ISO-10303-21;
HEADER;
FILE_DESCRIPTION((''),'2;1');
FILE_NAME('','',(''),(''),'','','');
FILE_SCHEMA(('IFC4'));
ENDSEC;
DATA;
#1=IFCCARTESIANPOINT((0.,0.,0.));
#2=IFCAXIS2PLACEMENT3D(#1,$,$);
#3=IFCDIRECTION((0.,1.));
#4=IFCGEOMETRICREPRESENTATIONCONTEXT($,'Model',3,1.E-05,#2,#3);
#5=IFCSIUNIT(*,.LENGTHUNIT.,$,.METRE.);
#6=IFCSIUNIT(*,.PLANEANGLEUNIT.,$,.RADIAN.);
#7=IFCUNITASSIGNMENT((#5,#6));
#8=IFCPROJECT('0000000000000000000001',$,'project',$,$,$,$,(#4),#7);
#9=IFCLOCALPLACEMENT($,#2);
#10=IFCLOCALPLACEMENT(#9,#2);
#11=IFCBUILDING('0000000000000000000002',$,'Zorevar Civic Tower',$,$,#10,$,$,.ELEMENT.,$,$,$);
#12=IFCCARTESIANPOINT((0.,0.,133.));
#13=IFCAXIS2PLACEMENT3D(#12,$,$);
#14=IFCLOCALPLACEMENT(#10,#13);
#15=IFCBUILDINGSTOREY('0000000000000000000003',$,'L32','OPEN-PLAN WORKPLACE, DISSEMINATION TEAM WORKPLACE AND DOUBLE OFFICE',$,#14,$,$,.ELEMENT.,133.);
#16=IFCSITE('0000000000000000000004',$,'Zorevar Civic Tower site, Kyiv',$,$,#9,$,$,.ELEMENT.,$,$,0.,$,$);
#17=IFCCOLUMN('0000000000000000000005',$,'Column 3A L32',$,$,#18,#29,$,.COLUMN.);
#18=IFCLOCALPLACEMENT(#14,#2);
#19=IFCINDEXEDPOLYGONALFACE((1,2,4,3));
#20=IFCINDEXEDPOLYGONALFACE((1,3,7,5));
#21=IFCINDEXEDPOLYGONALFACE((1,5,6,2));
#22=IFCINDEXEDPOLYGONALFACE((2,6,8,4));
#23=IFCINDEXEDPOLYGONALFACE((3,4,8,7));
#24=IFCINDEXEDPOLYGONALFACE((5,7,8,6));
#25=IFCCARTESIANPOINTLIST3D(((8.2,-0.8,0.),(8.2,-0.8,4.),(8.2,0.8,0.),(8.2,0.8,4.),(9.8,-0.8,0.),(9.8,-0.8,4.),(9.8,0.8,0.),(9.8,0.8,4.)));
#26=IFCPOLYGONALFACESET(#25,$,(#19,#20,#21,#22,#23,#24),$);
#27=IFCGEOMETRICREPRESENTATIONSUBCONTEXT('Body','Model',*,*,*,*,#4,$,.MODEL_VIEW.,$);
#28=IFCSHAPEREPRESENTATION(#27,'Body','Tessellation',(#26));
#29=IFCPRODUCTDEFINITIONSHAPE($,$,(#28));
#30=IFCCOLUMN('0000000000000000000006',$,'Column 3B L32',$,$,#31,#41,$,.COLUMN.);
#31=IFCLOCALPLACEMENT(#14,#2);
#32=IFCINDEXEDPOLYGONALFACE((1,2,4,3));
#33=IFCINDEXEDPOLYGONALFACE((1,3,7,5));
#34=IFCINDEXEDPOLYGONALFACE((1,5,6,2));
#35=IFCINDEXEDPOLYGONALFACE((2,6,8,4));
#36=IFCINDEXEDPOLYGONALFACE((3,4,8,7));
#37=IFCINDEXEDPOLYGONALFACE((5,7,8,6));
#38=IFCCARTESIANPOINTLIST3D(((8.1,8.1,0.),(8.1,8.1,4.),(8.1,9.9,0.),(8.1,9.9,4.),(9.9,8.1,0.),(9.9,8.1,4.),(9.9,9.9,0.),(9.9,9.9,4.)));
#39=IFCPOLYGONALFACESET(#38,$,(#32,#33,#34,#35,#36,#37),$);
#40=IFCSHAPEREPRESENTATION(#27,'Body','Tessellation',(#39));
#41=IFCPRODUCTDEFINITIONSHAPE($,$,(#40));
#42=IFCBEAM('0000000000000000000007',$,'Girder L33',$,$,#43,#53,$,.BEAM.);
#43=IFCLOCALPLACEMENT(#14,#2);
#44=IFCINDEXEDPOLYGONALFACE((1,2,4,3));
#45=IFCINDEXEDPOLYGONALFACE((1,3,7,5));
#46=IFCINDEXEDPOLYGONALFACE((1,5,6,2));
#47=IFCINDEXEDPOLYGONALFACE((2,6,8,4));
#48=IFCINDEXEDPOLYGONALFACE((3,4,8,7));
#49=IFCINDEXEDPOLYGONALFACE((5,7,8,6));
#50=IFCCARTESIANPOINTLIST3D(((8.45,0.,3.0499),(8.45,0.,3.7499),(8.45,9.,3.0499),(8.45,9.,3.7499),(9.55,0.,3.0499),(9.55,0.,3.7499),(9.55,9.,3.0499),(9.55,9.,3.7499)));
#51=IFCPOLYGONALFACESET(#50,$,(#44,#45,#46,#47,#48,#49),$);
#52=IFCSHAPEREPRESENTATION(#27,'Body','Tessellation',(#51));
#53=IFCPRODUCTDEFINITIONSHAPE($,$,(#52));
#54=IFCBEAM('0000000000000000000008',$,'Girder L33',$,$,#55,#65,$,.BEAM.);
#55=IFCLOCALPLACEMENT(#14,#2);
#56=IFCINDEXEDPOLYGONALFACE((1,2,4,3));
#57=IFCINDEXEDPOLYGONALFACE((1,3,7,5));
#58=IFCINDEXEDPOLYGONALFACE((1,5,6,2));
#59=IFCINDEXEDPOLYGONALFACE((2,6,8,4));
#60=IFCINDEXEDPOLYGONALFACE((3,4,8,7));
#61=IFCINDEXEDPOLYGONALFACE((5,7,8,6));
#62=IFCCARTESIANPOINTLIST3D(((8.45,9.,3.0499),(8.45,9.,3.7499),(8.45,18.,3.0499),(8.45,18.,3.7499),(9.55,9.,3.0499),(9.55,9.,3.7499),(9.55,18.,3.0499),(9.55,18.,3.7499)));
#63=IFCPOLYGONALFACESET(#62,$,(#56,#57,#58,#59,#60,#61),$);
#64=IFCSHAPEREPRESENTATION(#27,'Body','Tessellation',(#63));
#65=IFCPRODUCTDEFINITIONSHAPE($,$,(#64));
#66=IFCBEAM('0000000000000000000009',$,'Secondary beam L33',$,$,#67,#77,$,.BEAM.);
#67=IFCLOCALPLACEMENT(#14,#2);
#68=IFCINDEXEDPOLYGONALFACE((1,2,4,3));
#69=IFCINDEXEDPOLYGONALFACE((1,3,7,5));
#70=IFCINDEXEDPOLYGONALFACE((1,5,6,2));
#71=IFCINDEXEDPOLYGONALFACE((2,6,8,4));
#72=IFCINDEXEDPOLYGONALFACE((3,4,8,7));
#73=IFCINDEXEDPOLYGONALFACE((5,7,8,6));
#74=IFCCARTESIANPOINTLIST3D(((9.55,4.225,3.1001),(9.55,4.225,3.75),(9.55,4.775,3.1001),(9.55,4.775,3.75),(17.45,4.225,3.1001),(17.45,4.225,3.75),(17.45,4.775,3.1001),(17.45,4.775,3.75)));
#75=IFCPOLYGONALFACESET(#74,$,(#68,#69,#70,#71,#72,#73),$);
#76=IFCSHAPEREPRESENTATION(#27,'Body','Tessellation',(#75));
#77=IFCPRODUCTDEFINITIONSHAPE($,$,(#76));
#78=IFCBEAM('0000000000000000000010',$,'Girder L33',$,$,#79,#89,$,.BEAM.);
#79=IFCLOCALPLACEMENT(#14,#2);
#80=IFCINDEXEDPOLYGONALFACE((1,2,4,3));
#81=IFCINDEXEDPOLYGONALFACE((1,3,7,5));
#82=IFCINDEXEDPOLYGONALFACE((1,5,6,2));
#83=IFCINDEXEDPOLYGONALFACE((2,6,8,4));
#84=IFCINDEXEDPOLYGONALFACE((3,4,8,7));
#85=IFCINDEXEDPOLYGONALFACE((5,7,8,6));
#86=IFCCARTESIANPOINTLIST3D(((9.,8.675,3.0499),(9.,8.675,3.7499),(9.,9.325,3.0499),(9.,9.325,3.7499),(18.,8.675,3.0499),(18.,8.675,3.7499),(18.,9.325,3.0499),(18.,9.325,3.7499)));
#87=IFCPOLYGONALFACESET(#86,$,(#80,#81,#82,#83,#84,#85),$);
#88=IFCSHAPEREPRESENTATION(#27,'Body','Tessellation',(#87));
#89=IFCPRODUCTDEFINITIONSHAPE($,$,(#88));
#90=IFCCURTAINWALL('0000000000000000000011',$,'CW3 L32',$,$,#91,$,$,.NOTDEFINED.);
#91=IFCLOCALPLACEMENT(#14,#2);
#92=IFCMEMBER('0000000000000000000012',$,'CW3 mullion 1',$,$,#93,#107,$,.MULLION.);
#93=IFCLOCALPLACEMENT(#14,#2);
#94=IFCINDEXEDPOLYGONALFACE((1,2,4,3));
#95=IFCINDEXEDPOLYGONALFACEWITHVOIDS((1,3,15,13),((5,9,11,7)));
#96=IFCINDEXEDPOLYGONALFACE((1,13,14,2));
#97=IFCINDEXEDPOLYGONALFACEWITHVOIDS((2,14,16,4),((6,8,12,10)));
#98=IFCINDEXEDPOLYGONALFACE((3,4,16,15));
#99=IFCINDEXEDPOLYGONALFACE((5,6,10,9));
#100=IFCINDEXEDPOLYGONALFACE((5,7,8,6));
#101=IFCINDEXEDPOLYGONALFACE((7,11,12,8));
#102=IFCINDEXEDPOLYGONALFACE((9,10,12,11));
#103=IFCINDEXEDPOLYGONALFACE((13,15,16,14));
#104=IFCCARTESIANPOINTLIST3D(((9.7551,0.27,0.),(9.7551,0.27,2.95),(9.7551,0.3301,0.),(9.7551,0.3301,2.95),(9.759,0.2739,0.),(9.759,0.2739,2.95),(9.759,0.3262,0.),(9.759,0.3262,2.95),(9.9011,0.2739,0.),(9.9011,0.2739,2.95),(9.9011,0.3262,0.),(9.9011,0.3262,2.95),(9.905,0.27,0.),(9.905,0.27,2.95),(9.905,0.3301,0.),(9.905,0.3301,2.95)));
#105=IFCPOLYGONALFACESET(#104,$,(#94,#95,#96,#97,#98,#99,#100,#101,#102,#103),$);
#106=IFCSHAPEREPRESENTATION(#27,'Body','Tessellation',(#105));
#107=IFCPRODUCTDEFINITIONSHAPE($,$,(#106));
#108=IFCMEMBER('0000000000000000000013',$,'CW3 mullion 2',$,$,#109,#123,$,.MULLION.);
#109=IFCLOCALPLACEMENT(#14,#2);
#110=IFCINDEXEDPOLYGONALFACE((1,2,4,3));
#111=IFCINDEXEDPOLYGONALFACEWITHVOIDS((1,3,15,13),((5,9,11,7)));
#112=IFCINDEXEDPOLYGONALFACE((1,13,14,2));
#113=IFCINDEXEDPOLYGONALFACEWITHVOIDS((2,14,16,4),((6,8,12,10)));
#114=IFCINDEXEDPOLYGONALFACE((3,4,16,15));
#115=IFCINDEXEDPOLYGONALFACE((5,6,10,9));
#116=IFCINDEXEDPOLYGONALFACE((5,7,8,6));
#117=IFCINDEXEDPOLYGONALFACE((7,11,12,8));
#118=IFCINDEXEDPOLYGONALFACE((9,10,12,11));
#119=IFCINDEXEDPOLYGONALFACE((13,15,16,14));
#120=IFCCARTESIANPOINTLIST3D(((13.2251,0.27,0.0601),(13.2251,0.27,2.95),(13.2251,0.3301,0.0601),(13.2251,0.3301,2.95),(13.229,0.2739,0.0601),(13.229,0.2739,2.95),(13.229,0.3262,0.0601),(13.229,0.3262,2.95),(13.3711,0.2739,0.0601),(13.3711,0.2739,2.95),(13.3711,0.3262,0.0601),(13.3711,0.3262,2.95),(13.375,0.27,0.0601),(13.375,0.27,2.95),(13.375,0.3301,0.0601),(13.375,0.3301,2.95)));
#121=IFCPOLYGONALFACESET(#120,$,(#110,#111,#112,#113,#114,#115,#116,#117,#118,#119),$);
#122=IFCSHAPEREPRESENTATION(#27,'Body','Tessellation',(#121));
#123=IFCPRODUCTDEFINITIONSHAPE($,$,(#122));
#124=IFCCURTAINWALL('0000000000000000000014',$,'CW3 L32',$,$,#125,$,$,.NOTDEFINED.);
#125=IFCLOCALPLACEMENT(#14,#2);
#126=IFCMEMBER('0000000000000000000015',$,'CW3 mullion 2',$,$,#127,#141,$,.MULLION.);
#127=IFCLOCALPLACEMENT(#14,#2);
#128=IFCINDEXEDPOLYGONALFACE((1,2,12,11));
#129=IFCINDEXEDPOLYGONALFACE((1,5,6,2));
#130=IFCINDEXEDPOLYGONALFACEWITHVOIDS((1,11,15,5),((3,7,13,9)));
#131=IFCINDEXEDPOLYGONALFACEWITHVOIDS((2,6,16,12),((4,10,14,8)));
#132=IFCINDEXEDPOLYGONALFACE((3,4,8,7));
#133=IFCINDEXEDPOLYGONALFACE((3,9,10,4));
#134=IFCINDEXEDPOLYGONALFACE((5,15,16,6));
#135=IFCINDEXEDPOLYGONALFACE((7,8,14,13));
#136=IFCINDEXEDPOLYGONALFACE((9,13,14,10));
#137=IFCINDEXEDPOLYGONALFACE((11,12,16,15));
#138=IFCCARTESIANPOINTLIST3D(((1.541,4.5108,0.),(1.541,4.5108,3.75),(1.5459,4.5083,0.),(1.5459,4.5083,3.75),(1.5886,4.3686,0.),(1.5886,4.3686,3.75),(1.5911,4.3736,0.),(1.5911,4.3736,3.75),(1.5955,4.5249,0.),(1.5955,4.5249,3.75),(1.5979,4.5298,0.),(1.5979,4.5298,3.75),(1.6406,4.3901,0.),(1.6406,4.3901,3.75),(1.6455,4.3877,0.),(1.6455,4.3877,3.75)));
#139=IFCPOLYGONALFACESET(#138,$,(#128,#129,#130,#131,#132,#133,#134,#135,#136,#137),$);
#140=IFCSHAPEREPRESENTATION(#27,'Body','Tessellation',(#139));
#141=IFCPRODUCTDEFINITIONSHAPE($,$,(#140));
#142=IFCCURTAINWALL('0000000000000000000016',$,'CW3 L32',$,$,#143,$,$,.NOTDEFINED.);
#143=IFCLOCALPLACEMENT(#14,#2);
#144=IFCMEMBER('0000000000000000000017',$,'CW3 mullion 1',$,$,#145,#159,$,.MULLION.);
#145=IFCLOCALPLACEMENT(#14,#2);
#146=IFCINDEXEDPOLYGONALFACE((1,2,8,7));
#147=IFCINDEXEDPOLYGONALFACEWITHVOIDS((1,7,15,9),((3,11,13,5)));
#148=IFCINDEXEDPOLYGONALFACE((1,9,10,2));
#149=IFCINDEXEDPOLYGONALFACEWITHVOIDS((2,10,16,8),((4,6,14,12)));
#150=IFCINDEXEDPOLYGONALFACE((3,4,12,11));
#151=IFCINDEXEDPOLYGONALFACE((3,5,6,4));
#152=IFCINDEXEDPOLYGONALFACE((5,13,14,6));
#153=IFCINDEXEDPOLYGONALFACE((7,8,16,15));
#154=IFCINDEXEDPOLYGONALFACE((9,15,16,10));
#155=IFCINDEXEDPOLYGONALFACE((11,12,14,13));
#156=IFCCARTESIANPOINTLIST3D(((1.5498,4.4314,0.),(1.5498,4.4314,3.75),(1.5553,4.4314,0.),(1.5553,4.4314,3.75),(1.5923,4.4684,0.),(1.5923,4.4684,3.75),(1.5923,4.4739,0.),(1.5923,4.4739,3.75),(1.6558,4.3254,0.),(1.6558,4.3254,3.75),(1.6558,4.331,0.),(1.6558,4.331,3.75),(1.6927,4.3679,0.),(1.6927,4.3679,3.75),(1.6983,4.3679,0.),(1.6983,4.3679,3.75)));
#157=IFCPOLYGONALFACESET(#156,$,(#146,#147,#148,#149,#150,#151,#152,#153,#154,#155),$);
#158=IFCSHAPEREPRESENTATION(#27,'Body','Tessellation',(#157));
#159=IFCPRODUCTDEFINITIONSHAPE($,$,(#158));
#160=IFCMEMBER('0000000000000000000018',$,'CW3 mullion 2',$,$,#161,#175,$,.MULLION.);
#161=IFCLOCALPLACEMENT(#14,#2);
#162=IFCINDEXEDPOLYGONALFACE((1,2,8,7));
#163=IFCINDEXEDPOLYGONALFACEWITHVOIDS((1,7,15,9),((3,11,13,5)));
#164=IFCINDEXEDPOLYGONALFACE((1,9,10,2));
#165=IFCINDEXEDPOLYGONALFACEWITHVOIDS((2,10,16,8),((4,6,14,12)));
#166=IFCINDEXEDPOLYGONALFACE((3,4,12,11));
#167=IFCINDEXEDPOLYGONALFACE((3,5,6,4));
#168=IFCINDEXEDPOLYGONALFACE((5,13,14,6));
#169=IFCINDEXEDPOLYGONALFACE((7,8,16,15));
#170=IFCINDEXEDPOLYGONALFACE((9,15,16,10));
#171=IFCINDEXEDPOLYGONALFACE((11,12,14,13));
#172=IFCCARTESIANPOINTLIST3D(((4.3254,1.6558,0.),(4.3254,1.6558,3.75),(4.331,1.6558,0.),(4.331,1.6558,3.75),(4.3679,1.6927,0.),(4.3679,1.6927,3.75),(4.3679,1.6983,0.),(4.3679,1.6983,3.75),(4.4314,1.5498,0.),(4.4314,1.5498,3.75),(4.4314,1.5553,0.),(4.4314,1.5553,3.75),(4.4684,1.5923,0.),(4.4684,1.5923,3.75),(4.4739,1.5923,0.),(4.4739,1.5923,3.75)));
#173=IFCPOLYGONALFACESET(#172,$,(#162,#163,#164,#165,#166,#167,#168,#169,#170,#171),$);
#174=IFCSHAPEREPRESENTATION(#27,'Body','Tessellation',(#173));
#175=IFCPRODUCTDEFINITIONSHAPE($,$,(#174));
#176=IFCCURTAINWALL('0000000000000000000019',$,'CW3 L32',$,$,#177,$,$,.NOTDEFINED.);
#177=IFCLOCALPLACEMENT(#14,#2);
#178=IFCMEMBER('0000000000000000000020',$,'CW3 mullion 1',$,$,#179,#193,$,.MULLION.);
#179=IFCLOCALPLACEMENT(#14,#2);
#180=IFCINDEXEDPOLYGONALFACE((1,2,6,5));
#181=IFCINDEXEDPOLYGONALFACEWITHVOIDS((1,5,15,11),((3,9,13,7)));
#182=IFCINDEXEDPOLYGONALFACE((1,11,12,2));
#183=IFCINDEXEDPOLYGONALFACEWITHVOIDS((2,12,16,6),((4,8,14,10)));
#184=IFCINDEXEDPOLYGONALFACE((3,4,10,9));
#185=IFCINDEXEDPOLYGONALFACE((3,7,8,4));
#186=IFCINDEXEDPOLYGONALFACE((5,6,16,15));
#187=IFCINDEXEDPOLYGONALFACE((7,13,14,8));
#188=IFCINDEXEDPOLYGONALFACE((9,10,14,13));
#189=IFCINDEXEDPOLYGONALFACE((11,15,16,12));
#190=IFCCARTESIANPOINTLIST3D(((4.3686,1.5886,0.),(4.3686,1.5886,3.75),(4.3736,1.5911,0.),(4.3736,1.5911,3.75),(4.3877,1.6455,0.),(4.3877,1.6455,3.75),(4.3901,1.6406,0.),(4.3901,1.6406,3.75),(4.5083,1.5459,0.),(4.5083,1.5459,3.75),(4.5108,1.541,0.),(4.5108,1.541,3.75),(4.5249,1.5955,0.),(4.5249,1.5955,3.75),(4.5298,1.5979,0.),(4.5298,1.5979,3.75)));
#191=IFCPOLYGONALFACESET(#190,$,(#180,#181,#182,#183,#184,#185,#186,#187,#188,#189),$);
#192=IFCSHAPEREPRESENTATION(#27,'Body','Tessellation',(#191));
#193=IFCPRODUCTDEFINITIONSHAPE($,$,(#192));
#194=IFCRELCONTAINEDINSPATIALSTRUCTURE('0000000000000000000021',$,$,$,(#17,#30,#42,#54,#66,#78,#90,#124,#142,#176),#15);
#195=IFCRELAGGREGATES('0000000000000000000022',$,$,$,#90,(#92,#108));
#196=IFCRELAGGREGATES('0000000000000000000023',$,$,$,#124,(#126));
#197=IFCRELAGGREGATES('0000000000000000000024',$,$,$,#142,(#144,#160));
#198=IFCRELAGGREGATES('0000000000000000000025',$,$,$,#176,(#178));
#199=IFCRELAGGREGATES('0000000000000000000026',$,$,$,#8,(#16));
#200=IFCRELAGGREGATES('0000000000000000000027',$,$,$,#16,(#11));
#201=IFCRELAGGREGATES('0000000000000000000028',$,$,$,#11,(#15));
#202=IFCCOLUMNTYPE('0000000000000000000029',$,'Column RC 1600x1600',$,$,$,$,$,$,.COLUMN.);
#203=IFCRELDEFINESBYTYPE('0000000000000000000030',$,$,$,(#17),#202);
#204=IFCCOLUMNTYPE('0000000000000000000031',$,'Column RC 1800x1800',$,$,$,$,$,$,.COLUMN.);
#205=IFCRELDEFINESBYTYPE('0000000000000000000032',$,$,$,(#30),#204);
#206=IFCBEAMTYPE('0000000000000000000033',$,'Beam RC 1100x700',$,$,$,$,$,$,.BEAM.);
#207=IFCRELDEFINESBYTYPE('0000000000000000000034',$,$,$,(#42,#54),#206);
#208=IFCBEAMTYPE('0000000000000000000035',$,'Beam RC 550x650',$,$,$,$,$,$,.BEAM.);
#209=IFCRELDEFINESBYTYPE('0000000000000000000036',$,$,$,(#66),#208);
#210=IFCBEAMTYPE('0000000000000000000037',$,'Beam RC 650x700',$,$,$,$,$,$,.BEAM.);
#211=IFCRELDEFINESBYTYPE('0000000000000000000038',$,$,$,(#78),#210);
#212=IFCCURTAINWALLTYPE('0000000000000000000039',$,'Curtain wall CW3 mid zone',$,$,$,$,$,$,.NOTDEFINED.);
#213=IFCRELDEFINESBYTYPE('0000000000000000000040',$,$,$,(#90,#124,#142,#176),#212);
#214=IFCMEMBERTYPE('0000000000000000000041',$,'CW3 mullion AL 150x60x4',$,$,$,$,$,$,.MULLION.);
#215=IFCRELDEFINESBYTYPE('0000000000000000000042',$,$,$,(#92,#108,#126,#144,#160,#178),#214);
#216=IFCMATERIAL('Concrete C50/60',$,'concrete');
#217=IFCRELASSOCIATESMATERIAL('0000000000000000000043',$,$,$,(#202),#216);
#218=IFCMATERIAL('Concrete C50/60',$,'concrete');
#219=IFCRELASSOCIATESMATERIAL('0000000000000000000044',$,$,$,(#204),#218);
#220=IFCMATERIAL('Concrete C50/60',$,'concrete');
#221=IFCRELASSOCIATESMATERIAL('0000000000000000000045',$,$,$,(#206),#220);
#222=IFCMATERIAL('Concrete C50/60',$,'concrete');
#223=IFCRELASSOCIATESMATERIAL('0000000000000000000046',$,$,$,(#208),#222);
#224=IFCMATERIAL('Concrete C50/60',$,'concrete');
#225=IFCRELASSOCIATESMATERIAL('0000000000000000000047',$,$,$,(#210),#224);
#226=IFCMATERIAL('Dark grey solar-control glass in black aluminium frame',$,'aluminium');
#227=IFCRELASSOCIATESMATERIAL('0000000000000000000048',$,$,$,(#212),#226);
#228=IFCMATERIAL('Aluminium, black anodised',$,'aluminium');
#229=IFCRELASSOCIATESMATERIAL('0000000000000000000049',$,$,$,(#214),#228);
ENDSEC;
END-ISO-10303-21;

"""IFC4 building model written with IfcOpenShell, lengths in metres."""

from ifc_helpers import new_model, si_unit, direction, frame, origin, origin_2d, place, context, subcontext, project, spatial, rectangle, hollow_rectangle, extrude, material, material_profile, profile_set, type_object, element, aggregate, save


model = new_model("IFC4")

# Units and contexts
model_context = context("Model", 3, precision=1e-05, world=origin(), true_north=direction((0.0, 1.0)))
body_context = subcontext(model_context, "Body", "Model", "MODEL_VIEW")
ifc_project = project(units=[si_unit("LENGTHUNIT", "METRE"), si_unit("PLANEANGLEUNIT", "RADIAN")], contexts=[model_context])

# Site, building, storey
site_placement = place(None, origin())
site = spatial("IfcSite", under=ifc_project, at=site_placement, Name="Zorevar Civic Tower site, Kyiv", CompositionType="ELEMENT", RefElevation=0.0)
building_placement = place(site_placement, origin())
building = spatial("IfcBuilding", under=site, at=building_placement, Name="Zorevar Civic Tower", CompositionType="ELEMENT")
storey_placement = place(building_placement, frame((0.0, 0.0, 133.0)))
storey = spatial("IfcBuildingStorey", under=building, at=storey_placement, Name="L32", Description="OPEN-PLAN WORKPLACE, DISSEMINATION TEAM WORKPLACE AND DOUBLE OFFICE", CompositionType="ELEMENT", Elevation=133.0)

# Columns
ifc_material_1 = material(Name="Concrete C50/60", Category="concrete")
ifc_material_profile_1 = material_profile(ifc_material_1, rectangle(XDim=1.6001, YDim=1.6001, at=origin_2d()), Name="RC 1600x1600")
ifc_profile_set_1 = profile_set([ifc_material_profile_1], Name="Concrete C50/60")
column_type_1 = type_object("IfcColumnType", Name="Column RC 1600x1600", PredefinedType="COLUMN", material=ifc_profile_set_1)
column_1_placement = place(storey_placement, frame((9.0, 0.0, 0.0), z_axis=(0.0, 0.0, 1.0), x_axis=(1.0, 0.0, 0.0)))
element("IfcColumn", 1, at=column_1_placement, inside=storey, type_object=column_type_1, Name="Column 3A L32", PredefinedType="COLUMN", context=body_context, shape_type="SweptSolid", body=[
    extrude(rectangle(XDim=1.6001, YDim=1.6001, at=origin_2d()), origin(), (0.0, 0.0, 1.0), 4.0),
])
ifc_material_2 = material(Name="Concrete C50/60", Category="concrete")
ifc_material_profile_2 = material_profile(ifc_material_2, rectangle(XDim=1.8, YDim=1.8, at=origin_2d()), Name="RC 1800x1800")
ifc_profile_set_2 = profile_set([ifc_material_profile_2], Name="Concrete C50/60")
column_type_2 = type_object("IfcColumnType", Name="Column RC 1800x1800", PredefinedType="COLUMN", material=ifc_profile_set_2)
column_2_placement = place(storey_placement, frame((9.0, 9.0, 0.0), z_axis=(0.0, 0.0, 1.0), x_axis=(1.0, 0.0, 0.0)))
element("IfcColumn", 2, at=column_2_placement, inside=storey, type_object=column_type_2, Name="Column 3B L32", PredefinedType="COLUMN", context=body_context, shape_type="SweptSolid", body=[
    extrude(rectangle(XDim=1.8, YDim=1.8, at=origin_2d()), origin(), (0.0, 0.0, 1.0), 4.0),
])

# Beams
ifc_material_3 = material(Name="Concrete C50/60", Category="concrete")
ifc_material_profile_3 = material_profile(ifc_material_3, rectangle(XDim=1.1001, YDim=0.7, at=origin_2d()), Name="RC 1100x700")
ifc_profile_set_3 = profile_set([ifc_material_profile_3], Name="Concrete C50/60")
beam_type_1 = type_object("IfcBeamType", Name="Beam RC 1100x700", PredefinedType="BEAM", material=ifc_profile_set_3)
for number, where, z_axis, x_axis, name in (
    (3, (9.0, 0.0, 3.3999), (0.0, 1.0, 0.0), (-1.0, 0.0, 0.0), "Girder L33"),
    (4, (9.0, 9.0, 3.3999), (0.0, 1.0, 0.0), (-1.0, 0.0, 0.0), "Girder L33"),
):
    element("IfcBeam", number, at=place(storey_placement, frame(where, z_axis=z_axis, x_axis=x_axis)), inside=storey, type_object=beam_type_1, Name=name, PredefinedType="BEAM", context=body_context, shape_type="SweptSolid", body=[
        extrude(rectangle(XDim=1.1001, YDim=0.7, at=origin_2d()), origin(), (0.0, 0.0, 1.0), 9.0),
    ])
ifc_material_4 = material(Name="Concrete C50/60", Category="concrete")
ifc_material_profile_4 = material_profile(ifc_material_4, rectangle(XDim=0.55, YDim=0.6499, at=origin_2d()), Name="RC 550x650")
ifc_profile_set_4 = profile_set([ifc_material_profile_4], Name="Concrete C50/60")
beam_type_2 = type_object("IfcBeamType", Name="Beam RC 550x650", PredefinedType="BEAM", material=ifc_profile_set_4)
beam_1_placement = place(storey_placement, frame((9.55, 4.5, 3.425), z_axis=(1.0, 0.0, 0.0), x_axis=(0.0, 1.0, 0.0)))
element("IfcBeam", 5, at=beam_1_placement, inside=storey, type_object=beam_type_2, Name="Secondary beam L33", PredefinedType="BEAM", context=body_context, shape_type="SweptSolid", body=[
    extrude(rectangle(XDim=0.55, YDim=0.6499, at=origin_2d()), origin(), (0.0, 0.0, 1.0), 7.8999),
])
ifc_material_5 = material(Name="Concrete C50/60", Category="concrete")
ifc_material_profile_5 = material_profile(ifc_material_5, rectangle(XDim=0.6499, YDim=0.7, at=origin_2d()), Name="RC 650x700")
ifc_profile_set_5 = profile_set([ifc_material_profile_5], Name="Concrete C50/60")
beam_type_3 = type_object("IfcBeamType", Name="Beam RC 650x700", PredefinedType="BEAM", material=ifc_profile_set_5)
beam_2_placement = place(storey_placement, frame((9.0, 9.0, 3.3999), z_axis=(1.0, 0.0, 0.0), x_axis=(0.0, 1.0, 0.0)))
element("IfcBeam", 6, at=beam_2_placement, inside=storey, type_object=beam_type_3, Name="Girder L33", PredefinedType="BEAM", context=body_context, shape_type="SweptSolid", body=[
    extrude(rectangle(XDim=0.6499, YDim=0.7, at=origin_2d()), origin(), (0.0, 0.0, 1.0), 9.0),
])

# Curtain wall, members
ifc_material_6 = material(Name="Dark grey solar-control glass in black aluminium frame", Category="aluminium")
curtain_wall_type = type_object("IfcCurtainWallType", Name="Curtain wall CW3 mid zone", PredefinedType="NOTDEFINED", material=ifc_material_6)
curtain_wall_1_placement = place(storey_placement, origin())
curtain_wall_1 = element("IfcCurtainWall", 7, at=curtain_wall_1_placement, inside=storey, type_object=curtain_wall_type, Name="CW3 L32", PredefinedType="NOTDEFINED")
ifc_material_7 = material(Name="Aluminium, black anodised", Category="aluminium")
ifc_material_profile_6 = material_profile(ifc_material_7, hollow_rectangle(XDim=0.0601, YDim=0.1499, WallThickness=0.0039, at=origin_2d()), Name="AL 150x60x4")
ifc_profile_set_6 = profile_set([ifc_material_profile_6], Name="Aluminium, black anodised")
member_type_1 = type_object("IfcMemberType", Name="CW3 mullion AL 150x60x4", PredefinedType="MULLION", material=ifc_profile_set_6)
member_1_placement = place(storey_placement, frame((9.8301, 0.3, 0.0), z_axis=(0.0, 0.0, 1.0), x_axis=(0.0, 1.0, 0.0)))
member_1 = element("IfcMember", 8, at=member_1_placement, type_object=member_type_1, Name="CW3 mullion 1", PredefinedType="MULLION", context=body_context, shape_type="SweptSolid", body=[
    extrude(hollow_rectangle(XDim=0.0601, YDim=0.1499, WallThickness=0.0039, at=origin_2d()), origin(), (0.0, 0.0, 1.0), 2.95),
])
member_2_placement = place(storey_placement, frame((13.3, 0.3, 0.0601), z_axis=(0.0, 0.0, 1.0), x_axis=(0.0, 1.0, 0.0)))
member_2 = element("IfcMember", 9, at=member_2_placement, type_object=member_type_1, Name="CW3 mullion 2", PredefinedType="MULLION", context=body_context, shape_type="SweptSolid", body=[
    extrude(hollow_rectangle(XDim=0.0601, YDim=0.1499, WallThickness=0.0039, at=origin_2d()), origin(), (0.0, 0.0, 1.0), 2.8899),
])

# Curtain wall, member
curtain_wall_2_placement = place(storey_placement, origin())
curtain_wall_2 = element("IfcCurtainWall", 10, at=curtain_wall_2_placement, inside=storey, type_object=curtain_wall_type, Name="CW3 L32", PredefinedType="NOTDEFINED")
member_3_placement = place(storey_placement, frame((1.5933, 4.4492, 0.0), z_axis=(0.0, 0.0, 1.0), x_axis=(0.948227, 0.317593, 0.0)))
member_3 = element("IfcMember", 11, at=member_3_placement, type_object=member_type_1, Name="CW3 mullion 2", PredefinedType="MULLION", context=body_context, shape_type="SweptSolid", body=[
    extrude(hollow_rectangle(XDim=0.0601, YDim=0.1499, WallThickness=0.0039, at=origin_2d()), origin(), (0.0, 0.0, 1.0), 3.75),
])

# Curtain walls, members
curtain_wall_3_placement = place(storey_placement, origin())
curtain_wall_3 = element("IfcCurtainWall", 12, at=curtain_wall_3_placement, inside=storey, type_object=curtain_wall_type, Name="CW3 L32", PredefinedType="NOTDEFINED")
member_4_placement = place(storey_placement, frame((1.624, 4.3997, 0.0), z_axis=(0.0, 0.0, 1.0), x_axis=(0.707107, 0.707107, 0.0)))
member_4 = element("IfcMember", 13, at=member_4_placement, type_object=member_type_1, Name="CW3 mullion 1", PredefinedType="MULLION", context=body_context, shape_type="SweptSolid", body=[
    extrude(hollow_rectangle(XDim=0.0601, YDim=0.1499, WallThickness=0.0039, at=origin_2d()), origin(), (0.0, 0.0, 1.0), 3.75),
])
member_5_placement = place(storey_placement, frame((4.3997, 1.624, 0.0), z_axis=(0.0, 0.0, 1.0), x_axis=(0.707107, 0.707107, 0.0)))
member_5 = element("IfcMember", 14, at=member_5_placement, type_object=member_type_1, Name="CW3 mullion 2", PredefinedType="MULLION", context=body_context, shape_type="SweptSolid", body=[
    extrude(hollow_rectangle(XDim=0.0601, YDim=0.1499, WallThickness=0.0039, at=origin_2d()), origin(), (0.0, 0.0, 1.0), 3.75),
])
curtain_wall_4_placement = place(storey_placement, origin())
curtain_wall_4 = element("IfcCurtainWall", 15, at=curtain_wall_4_placement, inside=storey, type_object=curtain_wall_type, Name="CW3 L32", PredefinedType="NOTDEFINED")
member_6_placement = place(storey_placement, frame((4.4492, 1.5933, 0.0), z_axis=(0.0, 0.0, 1.0), x_axis=(0.317593, 0.948227, 0.0)))
member_6 = element("IfcMember", 16, at=member_6_placement, type_object=member_type_1, Name="CW3 mullion 1", PredefinedType="MULLION", context=body_context, shape_type="SweptSolid", body=[
    extrude(hollow_rectangle(XDim=0.0601, YDim=0.1499, WallThickness=0.0039, at=origin_2d()), origin(), (0.0, 0.0, 1.0), 3.75),
])

aggregate(curtain_wall_1, [member_1, member_2])
aggregate(curtain_wall_2, [member_3])
aggregate(curtain_wall_3, [member_4, member_5])
aggregate(curtain_wall_4, [member_6])

save(model, "model.ifc")
